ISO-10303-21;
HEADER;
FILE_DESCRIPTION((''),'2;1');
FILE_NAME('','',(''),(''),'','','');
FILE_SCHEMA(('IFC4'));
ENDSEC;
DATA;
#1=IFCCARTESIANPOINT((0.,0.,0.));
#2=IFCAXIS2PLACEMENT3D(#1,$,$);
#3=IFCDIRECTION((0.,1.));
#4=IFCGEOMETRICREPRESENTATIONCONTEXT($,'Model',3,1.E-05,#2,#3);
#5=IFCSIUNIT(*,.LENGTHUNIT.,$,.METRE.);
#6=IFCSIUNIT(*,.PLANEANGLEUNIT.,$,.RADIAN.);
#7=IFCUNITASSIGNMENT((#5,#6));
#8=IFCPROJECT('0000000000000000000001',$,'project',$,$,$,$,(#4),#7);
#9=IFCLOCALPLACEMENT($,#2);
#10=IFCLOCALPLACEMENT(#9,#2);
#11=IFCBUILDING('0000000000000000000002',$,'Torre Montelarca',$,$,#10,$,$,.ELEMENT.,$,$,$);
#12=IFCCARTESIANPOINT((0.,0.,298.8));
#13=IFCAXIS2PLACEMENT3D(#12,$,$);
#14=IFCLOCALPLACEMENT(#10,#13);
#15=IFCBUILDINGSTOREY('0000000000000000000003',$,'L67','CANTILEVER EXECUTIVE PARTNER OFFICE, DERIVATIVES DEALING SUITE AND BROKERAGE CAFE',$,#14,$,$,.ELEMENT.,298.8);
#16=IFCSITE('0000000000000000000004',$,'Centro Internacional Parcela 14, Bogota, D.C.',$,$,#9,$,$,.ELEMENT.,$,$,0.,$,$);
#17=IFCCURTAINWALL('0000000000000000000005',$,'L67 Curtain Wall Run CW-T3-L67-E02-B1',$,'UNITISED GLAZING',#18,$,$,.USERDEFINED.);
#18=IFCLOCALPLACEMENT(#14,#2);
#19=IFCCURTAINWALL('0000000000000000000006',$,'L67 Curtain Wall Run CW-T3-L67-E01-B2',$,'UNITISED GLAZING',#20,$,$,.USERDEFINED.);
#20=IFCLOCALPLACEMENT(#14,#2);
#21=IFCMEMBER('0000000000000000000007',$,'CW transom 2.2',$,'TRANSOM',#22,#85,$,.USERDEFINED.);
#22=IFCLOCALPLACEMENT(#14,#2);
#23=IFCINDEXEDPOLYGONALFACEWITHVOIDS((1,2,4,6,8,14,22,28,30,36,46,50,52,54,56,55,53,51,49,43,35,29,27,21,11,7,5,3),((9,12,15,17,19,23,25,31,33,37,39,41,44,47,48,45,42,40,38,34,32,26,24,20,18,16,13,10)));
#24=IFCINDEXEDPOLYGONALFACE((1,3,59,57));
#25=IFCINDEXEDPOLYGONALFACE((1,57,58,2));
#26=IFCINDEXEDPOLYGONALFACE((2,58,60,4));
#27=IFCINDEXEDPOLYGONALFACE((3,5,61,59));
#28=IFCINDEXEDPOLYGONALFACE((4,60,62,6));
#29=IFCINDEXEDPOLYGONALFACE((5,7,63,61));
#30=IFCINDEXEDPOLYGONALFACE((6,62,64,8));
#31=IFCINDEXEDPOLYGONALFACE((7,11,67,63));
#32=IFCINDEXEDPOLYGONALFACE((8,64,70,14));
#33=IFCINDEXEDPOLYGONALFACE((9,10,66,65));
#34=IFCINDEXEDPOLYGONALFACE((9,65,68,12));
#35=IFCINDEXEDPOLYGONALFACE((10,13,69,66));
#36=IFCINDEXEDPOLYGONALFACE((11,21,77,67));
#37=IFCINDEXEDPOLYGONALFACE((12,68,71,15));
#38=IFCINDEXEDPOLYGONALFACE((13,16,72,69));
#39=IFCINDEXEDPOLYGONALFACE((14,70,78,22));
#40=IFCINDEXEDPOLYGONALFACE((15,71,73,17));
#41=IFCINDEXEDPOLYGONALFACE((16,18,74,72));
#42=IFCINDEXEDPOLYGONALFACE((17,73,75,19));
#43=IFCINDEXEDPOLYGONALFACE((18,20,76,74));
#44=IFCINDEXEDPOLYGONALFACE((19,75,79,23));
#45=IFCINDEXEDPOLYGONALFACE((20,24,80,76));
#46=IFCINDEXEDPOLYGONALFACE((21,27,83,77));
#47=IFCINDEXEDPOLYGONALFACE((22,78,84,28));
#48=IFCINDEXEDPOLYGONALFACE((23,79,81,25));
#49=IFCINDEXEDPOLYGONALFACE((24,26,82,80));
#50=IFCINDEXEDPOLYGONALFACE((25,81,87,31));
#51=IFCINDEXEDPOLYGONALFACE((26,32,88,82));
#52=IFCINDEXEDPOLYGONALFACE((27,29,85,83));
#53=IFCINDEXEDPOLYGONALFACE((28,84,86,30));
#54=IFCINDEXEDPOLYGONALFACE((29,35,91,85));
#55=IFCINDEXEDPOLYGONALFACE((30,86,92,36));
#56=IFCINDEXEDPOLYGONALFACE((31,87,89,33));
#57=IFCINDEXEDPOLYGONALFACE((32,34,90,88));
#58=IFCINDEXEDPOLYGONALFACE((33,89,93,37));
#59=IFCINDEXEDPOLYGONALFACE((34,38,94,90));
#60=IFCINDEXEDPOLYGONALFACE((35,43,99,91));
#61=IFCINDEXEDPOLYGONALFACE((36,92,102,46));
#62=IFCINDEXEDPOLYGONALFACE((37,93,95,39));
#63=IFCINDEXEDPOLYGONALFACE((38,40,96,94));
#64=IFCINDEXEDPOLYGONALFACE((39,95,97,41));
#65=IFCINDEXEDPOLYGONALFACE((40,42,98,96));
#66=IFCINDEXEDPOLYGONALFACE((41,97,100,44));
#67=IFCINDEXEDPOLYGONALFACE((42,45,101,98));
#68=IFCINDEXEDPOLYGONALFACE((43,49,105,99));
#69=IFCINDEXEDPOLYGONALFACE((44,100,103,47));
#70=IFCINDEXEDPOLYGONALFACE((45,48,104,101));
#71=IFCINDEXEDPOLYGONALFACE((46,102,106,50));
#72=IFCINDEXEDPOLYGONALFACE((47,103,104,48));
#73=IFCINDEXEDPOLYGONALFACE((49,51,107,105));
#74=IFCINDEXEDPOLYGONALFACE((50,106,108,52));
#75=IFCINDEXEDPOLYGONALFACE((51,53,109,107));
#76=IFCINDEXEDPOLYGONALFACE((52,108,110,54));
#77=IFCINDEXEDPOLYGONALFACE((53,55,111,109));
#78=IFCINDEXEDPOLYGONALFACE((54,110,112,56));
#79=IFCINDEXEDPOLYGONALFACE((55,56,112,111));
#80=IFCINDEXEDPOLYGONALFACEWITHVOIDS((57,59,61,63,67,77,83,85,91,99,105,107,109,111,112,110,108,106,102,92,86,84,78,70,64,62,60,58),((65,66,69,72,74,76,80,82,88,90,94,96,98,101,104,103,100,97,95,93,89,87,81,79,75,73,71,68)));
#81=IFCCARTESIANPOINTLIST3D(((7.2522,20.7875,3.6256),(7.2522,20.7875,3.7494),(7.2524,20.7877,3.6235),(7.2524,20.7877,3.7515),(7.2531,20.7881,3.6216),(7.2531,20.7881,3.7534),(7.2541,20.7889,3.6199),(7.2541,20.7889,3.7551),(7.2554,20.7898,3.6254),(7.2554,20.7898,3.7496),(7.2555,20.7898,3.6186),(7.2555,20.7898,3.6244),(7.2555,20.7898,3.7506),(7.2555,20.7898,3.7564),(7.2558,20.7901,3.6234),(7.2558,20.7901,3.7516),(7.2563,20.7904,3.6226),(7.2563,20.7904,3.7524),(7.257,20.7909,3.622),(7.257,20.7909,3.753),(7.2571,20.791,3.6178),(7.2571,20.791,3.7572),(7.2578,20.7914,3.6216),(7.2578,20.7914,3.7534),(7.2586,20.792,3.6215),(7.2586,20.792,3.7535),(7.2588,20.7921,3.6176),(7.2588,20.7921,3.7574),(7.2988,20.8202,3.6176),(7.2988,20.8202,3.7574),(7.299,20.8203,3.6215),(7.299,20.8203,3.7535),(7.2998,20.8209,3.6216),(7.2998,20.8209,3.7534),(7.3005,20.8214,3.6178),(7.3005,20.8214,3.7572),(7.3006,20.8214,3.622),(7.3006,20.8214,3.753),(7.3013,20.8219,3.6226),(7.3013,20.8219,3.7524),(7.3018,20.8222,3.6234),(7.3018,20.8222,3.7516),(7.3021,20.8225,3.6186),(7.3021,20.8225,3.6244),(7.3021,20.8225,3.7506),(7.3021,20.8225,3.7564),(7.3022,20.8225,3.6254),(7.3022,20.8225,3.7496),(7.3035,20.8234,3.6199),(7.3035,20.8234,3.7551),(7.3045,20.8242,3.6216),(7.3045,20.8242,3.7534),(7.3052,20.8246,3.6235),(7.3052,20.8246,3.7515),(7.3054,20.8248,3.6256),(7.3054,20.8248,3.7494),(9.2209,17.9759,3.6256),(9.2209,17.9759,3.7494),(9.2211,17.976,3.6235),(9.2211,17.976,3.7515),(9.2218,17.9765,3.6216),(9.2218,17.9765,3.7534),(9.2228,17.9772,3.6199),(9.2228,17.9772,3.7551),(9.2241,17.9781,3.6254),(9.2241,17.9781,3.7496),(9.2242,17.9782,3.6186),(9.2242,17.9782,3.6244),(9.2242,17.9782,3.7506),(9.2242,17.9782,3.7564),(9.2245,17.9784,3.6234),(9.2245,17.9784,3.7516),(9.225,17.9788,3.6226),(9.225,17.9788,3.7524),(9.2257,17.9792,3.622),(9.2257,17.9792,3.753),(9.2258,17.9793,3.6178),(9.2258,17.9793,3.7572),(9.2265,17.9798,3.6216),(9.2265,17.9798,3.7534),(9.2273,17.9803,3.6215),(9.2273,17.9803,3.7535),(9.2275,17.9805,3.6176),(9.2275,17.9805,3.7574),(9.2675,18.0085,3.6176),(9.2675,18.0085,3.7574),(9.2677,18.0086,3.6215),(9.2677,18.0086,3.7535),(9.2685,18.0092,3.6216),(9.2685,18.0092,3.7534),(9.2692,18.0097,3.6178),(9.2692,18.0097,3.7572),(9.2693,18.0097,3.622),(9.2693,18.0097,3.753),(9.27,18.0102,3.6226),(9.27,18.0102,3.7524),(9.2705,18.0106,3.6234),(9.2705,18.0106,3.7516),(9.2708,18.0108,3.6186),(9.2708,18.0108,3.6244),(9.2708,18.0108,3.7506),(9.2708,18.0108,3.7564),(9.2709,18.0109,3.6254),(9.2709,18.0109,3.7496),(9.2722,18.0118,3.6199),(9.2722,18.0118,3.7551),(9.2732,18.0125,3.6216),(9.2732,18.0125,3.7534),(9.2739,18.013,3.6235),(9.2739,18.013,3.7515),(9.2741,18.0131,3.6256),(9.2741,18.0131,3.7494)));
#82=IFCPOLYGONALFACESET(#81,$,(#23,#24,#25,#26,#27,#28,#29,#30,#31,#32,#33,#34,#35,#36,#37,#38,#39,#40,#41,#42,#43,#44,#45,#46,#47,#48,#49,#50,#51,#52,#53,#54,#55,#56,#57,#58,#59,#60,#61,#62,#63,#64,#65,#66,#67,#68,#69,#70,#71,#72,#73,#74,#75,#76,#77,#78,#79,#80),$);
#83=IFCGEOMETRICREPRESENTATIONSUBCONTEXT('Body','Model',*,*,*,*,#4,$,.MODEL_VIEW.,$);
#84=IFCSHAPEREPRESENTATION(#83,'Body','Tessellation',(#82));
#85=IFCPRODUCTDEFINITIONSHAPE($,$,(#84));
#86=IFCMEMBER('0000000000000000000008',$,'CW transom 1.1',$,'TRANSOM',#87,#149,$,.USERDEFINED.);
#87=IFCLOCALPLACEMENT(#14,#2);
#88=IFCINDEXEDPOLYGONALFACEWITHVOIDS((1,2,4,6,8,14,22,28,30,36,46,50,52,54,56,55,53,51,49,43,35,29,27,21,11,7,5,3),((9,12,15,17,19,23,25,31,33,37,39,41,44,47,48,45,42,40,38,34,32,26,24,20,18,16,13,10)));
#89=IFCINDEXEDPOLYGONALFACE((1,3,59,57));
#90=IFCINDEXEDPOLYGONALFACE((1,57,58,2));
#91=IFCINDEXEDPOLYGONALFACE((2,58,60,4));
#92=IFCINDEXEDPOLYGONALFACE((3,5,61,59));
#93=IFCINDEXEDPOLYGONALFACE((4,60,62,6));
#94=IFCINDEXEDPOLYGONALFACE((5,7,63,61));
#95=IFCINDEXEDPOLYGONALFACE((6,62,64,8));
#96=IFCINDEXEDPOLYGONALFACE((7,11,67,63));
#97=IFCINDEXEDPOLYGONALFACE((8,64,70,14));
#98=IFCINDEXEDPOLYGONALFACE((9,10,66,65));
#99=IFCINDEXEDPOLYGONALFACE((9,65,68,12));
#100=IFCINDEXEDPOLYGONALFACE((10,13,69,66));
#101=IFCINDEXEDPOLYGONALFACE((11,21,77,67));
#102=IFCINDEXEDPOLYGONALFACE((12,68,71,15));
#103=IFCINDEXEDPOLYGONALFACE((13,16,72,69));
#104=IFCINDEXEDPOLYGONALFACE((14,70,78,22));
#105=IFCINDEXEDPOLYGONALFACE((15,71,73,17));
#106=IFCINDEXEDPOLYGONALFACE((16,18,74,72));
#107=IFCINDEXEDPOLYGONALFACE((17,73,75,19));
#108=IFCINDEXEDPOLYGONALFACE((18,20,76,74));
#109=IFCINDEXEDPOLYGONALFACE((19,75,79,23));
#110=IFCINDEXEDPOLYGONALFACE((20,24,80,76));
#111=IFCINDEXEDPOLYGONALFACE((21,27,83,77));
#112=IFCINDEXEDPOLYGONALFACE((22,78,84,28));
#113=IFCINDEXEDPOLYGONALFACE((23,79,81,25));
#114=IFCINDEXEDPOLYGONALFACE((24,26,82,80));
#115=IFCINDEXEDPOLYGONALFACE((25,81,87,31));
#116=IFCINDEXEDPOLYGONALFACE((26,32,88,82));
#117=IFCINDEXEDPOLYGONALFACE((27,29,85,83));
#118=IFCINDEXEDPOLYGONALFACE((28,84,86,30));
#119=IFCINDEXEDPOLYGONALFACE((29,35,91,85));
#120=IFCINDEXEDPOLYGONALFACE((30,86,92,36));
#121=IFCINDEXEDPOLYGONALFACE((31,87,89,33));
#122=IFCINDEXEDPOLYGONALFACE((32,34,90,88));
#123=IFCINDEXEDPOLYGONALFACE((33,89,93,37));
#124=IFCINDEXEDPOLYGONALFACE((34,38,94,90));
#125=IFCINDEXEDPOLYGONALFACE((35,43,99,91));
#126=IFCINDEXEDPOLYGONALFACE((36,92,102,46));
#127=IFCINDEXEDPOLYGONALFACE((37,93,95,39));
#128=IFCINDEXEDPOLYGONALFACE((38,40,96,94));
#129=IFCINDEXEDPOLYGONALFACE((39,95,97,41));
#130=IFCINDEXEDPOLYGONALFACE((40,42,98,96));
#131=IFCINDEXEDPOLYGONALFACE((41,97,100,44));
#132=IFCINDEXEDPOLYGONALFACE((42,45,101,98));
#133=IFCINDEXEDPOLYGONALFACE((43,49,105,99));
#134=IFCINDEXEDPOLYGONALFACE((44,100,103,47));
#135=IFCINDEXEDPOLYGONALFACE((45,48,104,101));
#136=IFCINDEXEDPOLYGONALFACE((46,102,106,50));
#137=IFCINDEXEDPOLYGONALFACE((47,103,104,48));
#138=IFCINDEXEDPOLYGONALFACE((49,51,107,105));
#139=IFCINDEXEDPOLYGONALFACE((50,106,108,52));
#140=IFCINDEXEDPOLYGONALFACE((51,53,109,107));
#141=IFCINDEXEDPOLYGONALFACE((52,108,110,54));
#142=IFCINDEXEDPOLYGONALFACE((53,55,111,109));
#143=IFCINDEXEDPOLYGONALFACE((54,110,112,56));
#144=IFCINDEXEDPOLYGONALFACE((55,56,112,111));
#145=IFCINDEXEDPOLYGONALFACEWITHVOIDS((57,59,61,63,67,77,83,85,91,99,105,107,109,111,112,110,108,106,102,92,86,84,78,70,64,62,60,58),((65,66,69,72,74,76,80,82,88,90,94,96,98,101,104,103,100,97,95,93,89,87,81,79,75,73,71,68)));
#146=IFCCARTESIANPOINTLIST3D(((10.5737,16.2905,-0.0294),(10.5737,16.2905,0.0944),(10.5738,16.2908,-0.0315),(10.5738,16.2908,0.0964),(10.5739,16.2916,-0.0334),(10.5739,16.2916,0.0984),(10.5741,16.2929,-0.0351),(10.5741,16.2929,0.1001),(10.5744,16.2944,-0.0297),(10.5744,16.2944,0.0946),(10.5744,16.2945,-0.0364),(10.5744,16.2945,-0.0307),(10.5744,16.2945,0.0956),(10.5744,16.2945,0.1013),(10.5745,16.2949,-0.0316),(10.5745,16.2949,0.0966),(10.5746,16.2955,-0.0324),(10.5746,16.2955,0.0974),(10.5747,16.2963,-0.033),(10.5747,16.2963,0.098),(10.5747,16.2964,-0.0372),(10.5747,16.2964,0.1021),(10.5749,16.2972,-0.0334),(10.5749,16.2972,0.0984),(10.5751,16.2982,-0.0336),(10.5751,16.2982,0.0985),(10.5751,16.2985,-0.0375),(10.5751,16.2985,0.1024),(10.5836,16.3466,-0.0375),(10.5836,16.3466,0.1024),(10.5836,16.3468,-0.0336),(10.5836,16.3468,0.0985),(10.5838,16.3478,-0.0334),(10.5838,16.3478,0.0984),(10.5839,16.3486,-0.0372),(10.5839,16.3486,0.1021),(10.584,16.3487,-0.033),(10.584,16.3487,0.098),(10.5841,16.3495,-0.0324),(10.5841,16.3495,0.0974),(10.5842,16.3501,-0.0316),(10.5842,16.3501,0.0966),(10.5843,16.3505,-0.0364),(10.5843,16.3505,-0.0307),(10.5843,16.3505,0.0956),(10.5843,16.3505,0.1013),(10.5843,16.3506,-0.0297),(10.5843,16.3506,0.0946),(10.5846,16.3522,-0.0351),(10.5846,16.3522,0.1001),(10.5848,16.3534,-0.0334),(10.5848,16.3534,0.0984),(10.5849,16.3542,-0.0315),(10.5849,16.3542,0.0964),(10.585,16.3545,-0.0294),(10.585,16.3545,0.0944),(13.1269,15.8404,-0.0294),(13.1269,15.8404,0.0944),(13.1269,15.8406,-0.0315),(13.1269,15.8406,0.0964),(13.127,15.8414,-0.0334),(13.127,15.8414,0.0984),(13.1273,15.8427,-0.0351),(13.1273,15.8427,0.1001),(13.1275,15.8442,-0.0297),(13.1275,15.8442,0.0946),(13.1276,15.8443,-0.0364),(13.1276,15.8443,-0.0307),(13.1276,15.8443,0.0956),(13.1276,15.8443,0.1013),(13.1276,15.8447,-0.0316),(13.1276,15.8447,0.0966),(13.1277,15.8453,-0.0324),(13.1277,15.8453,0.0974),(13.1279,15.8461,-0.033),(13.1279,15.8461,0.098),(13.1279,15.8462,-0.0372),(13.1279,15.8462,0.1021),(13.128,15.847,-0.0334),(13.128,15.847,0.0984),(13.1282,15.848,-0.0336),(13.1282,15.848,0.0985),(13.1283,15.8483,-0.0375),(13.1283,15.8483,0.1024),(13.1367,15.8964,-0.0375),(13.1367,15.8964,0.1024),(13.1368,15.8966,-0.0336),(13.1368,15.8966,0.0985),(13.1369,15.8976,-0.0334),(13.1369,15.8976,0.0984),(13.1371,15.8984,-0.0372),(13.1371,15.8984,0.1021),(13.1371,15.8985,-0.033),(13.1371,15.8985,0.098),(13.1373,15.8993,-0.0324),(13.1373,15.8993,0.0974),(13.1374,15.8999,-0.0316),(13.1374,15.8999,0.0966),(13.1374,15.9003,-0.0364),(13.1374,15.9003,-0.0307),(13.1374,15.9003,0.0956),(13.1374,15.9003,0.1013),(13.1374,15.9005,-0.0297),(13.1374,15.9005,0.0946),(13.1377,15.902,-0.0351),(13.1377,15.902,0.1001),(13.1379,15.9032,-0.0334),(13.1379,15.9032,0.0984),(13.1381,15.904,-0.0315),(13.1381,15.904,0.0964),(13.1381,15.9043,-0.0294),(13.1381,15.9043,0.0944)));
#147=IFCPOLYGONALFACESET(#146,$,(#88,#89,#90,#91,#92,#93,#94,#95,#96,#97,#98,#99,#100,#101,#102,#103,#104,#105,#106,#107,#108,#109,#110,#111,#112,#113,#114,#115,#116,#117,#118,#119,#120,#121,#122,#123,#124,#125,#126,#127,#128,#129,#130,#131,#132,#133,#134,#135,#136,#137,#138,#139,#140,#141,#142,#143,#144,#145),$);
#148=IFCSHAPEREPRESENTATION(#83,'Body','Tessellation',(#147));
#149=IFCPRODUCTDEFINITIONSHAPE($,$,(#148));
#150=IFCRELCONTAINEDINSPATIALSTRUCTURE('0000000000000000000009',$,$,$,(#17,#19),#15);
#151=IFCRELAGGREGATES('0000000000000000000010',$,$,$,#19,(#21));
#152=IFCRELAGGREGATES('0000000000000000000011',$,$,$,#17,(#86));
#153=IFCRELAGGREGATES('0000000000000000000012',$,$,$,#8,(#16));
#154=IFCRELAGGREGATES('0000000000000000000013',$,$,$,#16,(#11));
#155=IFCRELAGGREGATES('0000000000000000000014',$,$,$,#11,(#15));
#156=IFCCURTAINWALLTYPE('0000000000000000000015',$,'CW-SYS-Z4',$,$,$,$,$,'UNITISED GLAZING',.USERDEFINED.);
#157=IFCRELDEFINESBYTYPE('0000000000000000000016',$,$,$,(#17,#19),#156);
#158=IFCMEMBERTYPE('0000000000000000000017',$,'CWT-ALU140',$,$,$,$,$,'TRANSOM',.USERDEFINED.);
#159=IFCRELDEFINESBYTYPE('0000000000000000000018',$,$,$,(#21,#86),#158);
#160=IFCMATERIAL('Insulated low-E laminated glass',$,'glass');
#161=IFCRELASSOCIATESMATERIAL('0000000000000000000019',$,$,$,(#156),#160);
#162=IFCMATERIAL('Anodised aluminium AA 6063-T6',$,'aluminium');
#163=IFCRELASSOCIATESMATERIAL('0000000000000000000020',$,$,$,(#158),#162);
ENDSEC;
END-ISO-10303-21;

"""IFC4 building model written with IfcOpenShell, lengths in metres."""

from ifc_helpers import new_model, si_unit, direction, frame, origin, origin_2d, place, context, subcontext, project, spatial, hollow_rectangle, extrude, source, transform, mapped, material, material_profile, profile_set, type_object, element, aggregate, save


model = new_model("IFC4")

# Units and contexts
model_context = context("Model", 3, precision=1e-05, world=origin(), true_north=direction((0.0, 1.0)))
body_context = subcontext(model_context, "Body", "Model", "MODEL_VIEW")
ifc_project = project(units=[si_unit("LENGTHUNIT", "METRE"), si_unit("PLANEANGLEUNIT", "RADIAN")], contexts=[model_context])

# Site, building, storey
site_placement = place(None, origin())
site = spatial("IfcSite", under=ifc_project, at=site_placement, Name="Centro Internacional Parcela 14, Bogota, D.C.", CompositionType="ELEMENT", RefElevation=0.0)
building_placement = place(site_placement, origin())
building = spatial("IfcBuilding", under=site, at=building_placement, Name="Torre Montelarca", CompositionType="ELEMENT")
storey_placement = place(building_placement, frame((0.0, 0.0, 298.8)))
storey = spatial("IfcBuildingStorey", under=building, at=storey_placement, Name="L67", Description="CANTILEVER EXECUTIVE PARTNER OFFICE, DERIVATIVES DEALING SUITE AND BROKERAGE CAFE", CompositionType="ELEMENT", Elevation=298.8)

# Curtain walls
ifc_material_1 = material(Name="Insulated low-E laminated glass", Category="glass")
curtain_wall_type = type_object("IfcCurtainWallType", Name="CW-SYS-Z4", ElementType="UNITISED GLAZING", PredefinedType="USERDEFINED", material=ifc_material_1)
curtain_wall_1_placement = place(storey_placement, origin())
curtain_wall_1 = element("IfcCurtainWall", 1, at=curtain_wall_1_placement, inside=storey, type_object=curtain_wall_type, Name="L67 Curtain Wall Run CW-T3-L67-E02-B1", ObjectType="UNITISED GLAZING", PredefinedType="USERDEFINED")
ifc_material_2 = material(Name="Anodised aluminium AA 6063-T6", Category="aluminium")
ifc_material_profile_1 = material_profile(ifc_material_2, hollow_rectangle(XDim=0.0649, YDim=0.1399, WallThickness=0.0039, InnerFilletRadius=0.0039, OuterFilletRadius=0.0081, at=origin_2d()), Name="ALU65X140X4", Category="aluminium")
ifc_profile_set_1 = profile_set([ifc_material_profile_1], Name="Anodised aluminium AA 6063-T6")
member_type_1 = type_object("IfcMemberType", Name="CWT-ALU140", ElementType="TRANSOM", PredefinedType="USERDEFINED", material=ifc_profile_set_1)
curtain_wall_2_placement = place(storey_placement, origin())
curtain_wall_2 = element("IfcCurtainWall", 2, at=curtain_wall_2_placement, inside=storey, type_object=curtain_wall_type, Name="L67 Curtain Wall Run CW-T3-L67-E01-B2", ObjectType="UNITISED GLAZING", PredefinedType="USERDEFINED")

# Members
shared_shape_1 = source(origin(), body_context, "Body", "SweptSolid", [
    extrude(hollow_rectangle(XDim=0.0649, YDim=0.1399, WallThickness=0.0039, InnerFilletRadius=0.0039, OuterFilletRadius=0.0081, at=origin_2d()), origin(), (0.0, 0.0, 1.0), 3.4324),
])
member_1_placement = place(storey_placement, frame((7.2788, 20.8062, 3.6875), z_axis=(0.573563, -0.819162, 0.0), x_axis=(0.819162, 0.573563, 0.0)))
member_1 = element("IfcMember", 3, at=member_1_placement, type_object=member_type_1, Name="CW transom 2.2", ObjectType="TRANSOM", PredefinedType="USERDEFINED", context=body_context, shape_type="MappedRepresentation", body=[
    mapped(shared_shape_1, transform((0.0, 0.0, 0.0), scale=1.0)),
])
shared_shape_2 = source(origin(), body_context, "Body", "SweptSolid", [
    extrude(hollow_rectangle(XDim=0.0649, YDim=0.1399, WallThickness=0.0039, InnerFilletRadius=0.0039, OuterFilletRadius=0.0081, at=origin_2d()), origin(), (0.0, 0.0, 1.0), 2.5925),
])
member_2_placement = place(storey_placement, frame((10.5793, 16.3225, 0.0325), z_axis=(0.984808, -0.173646, 0.0), x_axis=(0.173646, 0.984808, 0.0)))
member_2 = element("IfcMember", 4, at=member_2_placement, type_object=member_type_1, Name="CW transom 1.1", ObjectType="TRANSOM", PredefinedType="USERDEFINED", context=body_context, shape_type="MappedRepresentation", body=[
    mapped(shared_shape_2, transform((0.0, 0.0, 0.0), scale=1.0)),
])

aggregate(curtain_wall_2, [member_1])
aggregate(curtain_wall_1, [member_2])

save(model, "model.ifc")
